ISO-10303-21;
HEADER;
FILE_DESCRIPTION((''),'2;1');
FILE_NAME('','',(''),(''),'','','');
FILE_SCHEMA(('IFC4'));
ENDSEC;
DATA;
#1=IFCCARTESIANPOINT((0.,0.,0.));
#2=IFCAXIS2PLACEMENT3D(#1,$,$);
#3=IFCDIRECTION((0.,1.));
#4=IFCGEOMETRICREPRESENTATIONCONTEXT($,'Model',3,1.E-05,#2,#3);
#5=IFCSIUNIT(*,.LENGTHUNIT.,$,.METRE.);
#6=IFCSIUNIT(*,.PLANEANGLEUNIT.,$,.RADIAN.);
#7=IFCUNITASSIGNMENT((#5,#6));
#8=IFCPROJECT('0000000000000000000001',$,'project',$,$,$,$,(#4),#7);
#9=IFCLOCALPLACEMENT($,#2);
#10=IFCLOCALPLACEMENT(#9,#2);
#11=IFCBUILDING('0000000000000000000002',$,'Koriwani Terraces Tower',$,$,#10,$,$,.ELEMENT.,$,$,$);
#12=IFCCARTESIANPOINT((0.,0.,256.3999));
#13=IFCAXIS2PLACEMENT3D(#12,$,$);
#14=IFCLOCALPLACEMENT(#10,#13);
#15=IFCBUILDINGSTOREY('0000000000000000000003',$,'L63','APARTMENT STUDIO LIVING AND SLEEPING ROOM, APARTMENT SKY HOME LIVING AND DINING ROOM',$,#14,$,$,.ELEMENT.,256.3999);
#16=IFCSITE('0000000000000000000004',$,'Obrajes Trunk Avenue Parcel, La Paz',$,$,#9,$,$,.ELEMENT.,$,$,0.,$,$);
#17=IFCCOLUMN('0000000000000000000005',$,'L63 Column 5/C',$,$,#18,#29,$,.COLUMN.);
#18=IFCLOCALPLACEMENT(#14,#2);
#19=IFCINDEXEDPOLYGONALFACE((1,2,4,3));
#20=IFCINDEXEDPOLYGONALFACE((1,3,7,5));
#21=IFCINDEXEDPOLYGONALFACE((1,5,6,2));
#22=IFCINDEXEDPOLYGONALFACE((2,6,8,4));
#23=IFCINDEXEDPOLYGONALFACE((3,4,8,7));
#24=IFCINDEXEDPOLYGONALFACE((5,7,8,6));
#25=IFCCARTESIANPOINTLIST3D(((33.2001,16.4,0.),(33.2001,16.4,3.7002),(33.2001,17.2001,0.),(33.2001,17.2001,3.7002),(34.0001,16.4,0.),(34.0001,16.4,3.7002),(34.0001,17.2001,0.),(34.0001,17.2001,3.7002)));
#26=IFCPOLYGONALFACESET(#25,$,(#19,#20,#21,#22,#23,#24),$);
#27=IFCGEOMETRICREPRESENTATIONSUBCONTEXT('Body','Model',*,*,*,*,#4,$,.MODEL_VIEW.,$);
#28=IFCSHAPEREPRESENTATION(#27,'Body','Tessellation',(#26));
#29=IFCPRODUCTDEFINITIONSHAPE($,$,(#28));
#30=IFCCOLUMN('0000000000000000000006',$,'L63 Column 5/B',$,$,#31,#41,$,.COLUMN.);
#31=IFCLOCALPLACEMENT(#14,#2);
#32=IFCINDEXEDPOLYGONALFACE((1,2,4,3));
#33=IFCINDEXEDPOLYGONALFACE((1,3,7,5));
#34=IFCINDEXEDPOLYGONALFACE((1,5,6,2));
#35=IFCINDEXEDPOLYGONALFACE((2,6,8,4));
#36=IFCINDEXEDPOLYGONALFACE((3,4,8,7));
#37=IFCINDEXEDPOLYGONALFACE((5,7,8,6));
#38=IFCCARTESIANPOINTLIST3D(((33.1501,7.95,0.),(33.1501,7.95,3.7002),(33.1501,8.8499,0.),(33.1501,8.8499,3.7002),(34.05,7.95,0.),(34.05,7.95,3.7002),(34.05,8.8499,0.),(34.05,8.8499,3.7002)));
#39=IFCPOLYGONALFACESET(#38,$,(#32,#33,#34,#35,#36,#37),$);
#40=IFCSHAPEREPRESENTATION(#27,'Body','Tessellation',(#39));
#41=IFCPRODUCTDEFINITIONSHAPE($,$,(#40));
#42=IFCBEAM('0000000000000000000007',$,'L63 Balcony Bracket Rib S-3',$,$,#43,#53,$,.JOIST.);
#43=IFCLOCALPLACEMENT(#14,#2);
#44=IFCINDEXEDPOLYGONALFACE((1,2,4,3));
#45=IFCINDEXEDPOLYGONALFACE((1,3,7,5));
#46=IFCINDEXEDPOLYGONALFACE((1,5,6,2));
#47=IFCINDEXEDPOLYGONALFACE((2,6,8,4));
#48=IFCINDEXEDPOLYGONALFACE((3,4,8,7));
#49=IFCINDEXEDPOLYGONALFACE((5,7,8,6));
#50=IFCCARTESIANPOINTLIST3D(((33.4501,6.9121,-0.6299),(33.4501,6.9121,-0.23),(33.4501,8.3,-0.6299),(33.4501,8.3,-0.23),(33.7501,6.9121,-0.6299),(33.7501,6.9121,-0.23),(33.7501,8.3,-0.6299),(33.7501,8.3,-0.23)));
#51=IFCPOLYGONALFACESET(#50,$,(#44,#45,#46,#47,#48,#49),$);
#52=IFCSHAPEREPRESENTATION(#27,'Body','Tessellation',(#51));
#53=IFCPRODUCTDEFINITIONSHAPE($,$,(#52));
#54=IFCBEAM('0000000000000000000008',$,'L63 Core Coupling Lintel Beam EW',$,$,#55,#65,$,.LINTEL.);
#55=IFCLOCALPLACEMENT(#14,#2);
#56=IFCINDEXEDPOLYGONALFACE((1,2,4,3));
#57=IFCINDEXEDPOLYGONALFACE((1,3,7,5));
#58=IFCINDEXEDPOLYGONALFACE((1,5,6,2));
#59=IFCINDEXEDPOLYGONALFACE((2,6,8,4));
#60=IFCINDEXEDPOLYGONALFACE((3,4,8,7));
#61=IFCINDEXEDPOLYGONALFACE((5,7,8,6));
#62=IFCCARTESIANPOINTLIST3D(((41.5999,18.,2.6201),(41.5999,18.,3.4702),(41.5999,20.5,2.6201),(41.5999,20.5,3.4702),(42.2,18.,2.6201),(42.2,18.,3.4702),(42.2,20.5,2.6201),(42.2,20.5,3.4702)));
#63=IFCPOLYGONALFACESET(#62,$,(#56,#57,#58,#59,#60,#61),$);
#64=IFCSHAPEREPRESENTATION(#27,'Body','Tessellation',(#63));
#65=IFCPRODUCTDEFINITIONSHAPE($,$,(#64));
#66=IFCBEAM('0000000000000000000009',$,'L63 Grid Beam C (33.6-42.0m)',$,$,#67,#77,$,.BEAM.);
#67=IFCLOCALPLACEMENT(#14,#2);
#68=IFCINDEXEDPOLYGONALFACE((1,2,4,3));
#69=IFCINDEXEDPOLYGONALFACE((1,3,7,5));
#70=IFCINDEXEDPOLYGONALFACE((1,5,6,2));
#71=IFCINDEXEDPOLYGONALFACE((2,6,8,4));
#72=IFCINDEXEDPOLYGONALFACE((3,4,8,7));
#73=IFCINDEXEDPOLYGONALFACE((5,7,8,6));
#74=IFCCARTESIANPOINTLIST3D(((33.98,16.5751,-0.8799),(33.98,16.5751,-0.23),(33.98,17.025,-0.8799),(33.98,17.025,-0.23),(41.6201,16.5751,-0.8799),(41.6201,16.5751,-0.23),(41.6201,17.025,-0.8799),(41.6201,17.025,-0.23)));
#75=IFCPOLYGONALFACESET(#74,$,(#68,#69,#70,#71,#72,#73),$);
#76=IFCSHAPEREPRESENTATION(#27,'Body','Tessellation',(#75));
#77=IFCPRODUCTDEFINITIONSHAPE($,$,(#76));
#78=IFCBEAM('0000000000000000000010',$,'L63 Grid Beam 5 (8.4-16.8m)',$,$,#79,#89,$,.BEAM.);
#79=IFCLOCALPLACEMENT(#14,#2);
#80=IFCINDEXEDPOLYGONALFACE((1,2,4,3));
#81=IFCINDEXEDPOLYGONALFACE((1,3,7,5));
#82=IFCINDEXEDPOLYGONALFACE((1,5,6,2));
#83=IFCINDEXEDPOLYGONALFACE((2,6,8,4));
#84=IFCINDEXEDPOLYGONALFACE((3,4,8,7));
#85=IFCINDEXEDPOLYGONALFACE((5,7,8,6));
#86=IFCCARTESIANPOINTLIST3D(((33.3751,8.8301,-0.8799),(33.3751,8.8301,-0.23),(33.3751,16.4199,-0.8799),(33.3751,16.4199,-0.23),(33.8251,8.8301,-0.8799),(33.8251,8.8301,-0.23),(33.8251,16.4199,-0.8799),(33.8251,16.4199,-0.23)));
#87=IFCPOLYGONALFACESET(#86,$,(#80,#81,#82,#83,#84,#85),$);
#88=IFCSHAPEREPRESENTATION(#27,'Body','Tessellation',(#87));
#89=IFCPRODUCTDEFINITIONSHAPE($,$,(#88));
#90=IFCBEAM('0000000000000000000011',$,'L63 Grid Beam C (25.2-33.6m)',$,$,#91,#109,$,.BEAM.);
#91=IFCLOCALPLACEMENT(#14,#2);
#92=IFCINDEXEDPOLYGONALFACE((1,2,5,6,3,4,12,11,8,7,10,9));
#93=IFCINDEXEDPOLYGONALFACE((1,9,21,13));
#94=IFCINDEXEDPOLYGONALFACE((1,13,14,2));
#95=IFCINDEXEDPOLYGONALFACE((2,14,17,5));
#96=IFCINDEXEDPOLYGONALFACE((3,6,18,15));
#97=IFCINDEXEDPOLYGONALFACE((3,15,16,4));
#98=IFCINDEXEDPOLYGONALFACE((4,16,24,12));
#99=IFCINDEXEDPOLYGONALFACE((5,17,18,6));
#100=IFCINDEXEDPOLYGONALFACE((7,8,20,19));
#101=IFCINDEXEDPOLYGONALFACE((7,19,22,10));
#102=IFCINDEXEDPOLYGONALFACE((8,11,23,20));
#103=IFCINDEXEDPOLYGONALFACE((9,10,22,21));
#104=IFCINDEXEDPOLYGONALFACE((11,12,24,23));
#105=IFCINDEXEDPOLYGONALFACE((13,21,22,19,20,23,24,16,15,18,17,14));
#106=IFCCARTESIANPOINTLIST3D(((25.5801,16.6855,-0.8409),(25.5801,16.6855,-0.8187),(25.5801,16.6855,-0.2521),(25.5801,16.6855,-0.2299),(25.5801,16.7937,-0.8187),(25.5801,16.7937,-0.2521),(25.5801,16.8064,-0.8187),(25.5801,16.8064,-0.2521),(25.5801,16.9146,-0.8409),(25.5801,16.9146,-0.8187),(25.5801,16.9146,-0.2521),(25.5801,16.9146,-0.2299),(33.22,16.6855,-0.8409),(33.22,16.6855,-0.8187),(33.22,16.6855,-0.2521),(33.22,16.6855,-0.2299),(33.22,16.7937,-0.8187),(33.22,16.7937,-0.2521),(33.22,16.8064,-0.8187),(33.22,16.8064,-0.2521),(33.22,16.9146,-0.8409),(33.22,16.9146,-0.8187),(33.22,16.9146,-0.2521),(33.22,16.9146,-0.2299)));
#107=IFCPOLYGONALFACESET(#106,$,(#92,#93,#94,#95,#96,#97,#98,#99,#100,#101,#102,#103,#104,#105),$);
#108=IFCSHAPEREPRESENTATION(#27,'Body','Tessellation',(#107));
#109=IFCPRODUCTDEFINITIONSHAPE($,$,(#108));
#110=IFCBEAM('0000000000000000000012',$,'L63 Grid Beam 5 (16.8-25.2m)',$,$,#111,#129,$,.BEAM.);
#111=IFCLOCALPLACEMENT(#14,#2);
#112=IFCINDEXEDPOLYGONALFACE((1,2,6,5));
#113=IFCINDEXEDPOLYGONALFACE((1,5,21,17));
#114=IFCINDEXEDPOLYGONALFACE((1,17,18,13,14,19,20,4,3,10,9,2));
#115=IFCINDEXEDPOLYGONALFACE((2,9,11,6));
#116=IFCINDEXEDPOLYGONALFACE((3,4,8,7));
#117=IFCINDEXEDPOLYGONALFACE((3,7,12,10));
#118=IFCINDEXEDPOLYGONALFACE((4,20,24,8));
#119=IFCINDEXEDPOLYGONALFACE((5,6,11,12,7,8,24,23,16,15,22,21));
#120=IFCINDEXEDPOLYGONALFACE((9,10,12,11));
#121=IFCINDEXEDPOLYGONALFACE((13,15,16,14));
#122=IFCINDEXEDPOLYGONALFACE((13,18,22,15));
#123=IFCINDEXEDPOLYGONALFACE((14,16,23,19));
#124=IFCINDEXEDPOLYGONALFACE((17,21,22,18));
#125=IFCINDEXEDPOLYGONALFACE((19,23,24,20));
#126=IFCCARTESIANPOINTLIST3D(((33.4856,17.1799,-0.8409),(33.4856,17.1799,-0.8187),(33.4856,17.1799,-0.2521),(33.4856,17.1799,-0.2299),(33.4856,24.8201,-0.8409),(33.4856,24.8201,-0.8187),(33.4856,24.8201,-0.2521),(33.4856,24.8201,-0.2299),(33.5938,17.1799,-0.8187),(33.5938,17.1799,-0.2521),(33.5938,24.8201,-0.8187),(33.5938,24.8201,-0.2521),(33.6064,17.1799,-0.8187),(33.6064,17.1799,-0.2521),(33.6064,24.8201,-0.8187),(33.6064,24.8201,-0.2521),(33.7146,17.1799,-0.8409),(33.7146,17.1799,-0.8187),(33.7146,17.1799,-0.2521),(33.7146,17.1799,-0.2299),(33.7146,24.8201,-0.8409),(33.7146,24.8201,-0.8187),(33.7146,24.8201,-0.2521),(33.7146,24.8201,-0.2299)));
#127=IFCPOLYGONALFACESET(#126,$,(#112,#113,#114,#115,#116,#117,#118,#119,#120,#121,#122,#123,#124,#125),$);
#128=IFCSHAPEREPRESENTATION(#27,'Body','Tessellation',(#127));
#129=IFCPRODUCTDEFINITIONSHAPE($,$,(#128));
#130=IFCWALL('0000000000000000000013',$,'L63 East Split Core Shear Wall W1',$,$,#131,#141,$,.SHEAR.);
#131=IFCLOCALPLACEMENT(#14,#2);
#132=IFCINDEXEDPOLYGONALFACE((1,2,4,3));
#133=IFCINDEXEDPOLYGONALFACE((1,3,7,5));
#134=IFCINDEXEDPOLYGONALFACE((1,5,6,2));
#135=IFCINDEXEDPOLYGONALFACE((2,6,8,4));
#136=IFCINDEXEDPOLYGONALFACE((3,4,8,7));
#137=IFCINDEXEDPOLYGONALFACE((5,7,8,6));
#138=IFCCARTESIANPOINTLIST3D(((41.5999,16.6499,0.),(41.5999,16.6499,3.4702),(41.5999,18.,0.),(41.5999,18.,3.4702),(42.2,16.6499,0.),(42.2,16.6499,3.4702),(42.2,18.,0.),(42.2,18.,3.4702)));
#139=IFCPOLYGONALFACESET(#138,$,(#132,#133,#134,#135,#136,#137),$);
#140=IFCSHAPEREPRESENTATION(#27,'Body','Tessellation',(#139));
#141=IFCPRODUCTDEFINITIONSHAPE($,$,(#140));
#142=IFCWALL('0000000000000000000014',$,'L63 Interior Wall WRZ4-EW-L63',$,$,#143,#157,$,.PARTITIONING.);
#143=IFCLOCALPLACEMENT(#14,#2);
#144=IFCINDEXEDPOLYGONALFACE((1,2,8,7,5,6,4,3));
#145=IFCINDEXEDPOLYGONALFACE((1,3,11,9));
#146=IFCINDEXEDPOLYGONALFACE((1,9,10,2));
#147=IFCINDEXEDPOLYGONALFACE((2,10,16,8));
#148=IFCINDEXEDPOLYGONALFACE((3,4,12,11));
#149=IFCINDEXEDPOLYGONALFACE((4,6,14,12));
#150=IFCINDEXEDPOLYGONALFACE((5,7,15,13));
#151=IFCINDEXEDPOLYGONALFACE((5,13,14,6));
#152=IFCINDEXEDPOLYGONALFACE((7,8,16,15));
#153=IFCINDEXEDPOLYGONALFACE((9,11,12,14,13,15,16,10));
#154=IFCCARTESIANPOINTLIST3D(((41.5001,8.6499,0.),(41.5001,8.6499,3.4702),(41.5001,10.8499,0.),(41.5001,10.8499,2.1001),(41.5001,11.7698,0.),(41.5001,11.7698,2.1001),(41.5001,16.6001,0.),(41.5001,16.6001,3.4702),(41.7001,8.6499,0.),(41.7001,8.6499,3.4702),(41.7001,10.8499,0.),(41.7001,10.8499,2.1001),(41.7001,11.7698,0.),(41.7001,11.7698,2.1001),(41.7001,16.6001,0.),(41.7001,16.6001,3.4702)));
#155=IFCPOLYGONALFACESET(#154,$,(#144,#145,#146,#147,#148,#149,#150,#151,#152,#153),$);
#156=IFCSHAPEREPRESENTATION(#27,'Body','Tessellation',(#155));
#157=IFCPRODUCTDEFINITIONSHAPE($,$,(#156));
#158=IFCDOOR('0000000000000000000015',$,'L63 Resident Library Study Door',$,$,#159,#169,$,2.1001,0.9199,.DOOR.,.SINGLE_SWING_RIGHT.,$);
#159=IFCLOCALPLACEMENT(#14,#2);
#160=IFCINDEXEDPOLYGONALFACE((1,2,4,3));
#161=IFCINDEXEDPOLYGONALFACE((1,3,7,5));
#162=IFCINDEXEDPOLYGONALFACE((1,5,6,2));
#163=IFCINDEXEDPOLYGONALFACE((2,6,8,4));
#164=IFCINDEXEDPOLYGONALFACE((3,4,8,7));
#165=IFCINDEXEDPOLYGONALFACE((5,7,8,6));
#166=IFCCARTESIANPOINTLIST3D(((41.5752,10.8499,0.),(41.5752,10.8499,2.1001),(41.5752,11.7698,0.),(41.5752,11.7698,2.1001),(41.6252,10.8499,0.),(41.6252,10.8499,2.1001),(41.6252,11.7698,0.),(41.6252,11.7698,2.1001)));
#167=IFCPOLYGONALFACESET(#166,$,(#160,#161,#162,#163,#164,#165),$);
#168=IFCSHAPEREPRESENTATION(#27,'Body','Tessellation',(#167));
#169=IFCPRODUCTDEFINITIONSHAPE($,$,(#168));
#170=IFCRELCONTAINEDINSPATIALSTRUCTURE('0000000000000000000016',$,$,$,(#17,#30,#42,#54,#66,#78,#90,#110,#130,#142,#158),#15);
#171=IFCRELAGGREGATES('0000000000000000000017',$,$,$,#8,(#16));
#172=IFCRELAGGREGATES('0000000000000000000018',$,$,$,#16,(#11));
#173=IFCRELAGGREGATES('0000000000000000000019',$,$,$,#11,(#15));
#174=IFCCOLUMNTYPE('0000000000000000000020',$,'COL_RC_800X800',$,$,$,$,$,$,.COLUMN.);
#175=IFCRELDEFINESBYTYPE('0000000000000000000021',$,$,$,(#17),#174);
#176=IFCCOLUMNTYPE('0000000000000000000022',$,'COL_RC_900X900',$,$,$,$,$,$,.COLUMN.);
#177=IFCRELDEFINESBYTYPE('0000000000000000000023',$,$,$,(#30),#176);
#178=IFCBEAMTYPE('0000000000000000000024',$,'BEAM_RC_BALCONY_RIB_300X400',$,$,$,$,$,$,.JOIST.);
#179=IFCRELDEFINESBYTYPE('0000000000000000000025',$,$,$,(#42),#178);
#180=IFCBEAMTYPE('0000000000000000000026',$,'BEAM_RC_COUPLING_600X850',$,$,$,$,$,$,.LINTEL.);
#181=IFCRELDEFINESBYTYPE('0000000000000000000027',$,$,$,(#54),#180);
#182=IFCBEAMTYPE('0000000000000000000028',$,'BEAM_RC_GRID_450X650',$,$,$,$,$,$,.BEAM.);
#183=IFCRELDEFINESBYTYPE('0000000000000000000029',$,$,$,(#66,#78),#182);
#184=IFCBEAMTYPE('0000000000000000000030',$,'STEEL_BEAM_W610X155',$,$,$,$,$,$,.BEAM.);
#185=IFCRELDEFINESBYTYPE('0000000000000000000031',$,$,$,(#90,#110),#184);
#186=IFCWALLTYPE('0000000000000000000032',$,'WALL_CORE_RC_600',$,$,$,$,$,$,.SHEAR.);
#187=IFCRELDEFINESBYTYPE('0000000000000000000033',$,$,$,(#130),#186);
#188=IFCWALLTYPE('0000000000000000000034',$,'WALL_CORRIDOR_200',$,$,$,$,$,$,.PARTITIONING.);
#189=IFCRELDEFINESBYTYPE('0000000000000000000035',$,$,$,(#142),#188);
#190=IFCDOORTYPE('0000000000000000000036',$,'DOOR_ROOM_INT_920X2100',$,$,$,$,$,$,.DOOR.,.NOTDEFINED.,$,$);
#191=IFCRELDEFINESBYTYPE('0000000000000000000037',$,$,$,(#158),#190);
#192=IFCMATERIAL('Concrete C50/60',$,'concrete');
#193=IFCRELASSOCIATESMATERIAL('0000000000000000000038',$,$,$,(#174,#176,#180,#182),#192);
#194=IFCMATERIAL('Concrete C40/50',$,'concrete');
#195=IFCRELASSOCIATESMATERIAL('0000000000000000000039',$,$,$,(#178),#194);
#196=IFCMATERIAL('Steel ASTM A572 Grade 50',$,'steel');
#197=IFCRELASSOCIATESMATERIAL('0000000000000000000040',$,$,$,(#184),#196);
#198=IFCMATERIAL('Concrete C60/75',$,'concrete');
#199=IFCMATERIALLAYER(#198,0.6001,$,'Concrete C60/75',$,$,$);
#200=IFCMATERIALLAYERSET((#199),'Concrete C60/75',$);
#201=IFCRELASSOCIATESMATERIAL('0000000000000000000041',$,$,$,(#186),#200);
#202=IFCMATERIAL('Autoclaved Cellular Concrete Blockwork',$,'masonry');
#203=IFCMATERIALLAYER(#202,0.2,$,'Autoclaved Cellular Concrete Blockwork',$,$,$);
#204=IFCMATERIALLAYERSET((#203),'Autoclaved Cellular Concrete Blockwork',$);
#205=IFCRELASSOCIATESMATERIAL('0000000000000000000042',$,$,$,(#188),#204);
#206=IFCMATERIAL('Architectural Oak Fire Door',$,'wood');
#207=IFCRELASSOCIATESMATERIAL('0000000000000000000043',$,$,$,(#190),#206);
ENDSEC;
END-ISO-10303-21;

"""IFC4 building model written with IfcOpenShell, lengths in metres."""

from ifc_helpers import new_model, si_unit, direction, frame, frame_2d, origin, origin_2d, place, context, subcontext, project, spatial, rectangle, i_section, extrude, material, layer, layer_set, material_profile, profile_set, type_object, element, fill, save


model = new_model("IFC4")

# Units and contexts
model_context = context("Model", 3, precision=1e-05, world=origin(), true_north=direction((0.0, 1.0)))
body_context = subcontext(model_context, "Body", "Model", "MODEL_VIEW")
ifc_project = project(units=[si_unit("LENGTHUNIT", "METRE"), si_unit("PLANEANGLEUNIT", "RADIAN")], contexts=[model_context])

# Site, building, storey
site_placement = place(None, origin())
site = spatial("IfcSite", under=ifc_project, at=site_placement, Name="Obrajes Trunk Avenue Parcel, La Paz", CompositionType="ELEMENT", RefElevation=0.0)
building_placement = place(site_placement, origin())
building = spatial("IfcBuilding", under=site, at=building_placement, Name="Koriwani Terraces Tower", CompositionType="ELEMENT")
storey_placement = place(building_placement, frame((0.0, 0.0, 256.3999)))
storey = spatial("IfcBuildingStorey", under=building, at=storey_placement, Name="L63", Description="APARTMENT STUDIO LIVING AND SLEEPING ROOM, APARTMENT SKY HOME LIVING AND DINING ROOM", CompositionType="ELEMENT", Elevation=256.3999)

# Columns
ifc_material_1 = material(Name="Concrete C50/60", Category="concrete")
ifc_material_profile_1 = material_profile(ifc_material_1, rectangle(XDim=0.8, YDim=0.8, at=origin_2d()), Name="Concrete C50/60", Category="LoadBearing")
ifc_profile_set_1 = profile_set([ifc_material_profile_1], Name="Concrete C50/60")
column_type_1 = type_object("IfcColumnType", Name="COL_RC_800X800", PredefinedType="COLUMN", material=ifc_profile_set_1)
column_1_placement = place(storey_placement, frame((33.6001, 16.8, 0.0), z_axis=(0.0, 0.0, 1.0), x_axis=(1.0, 0.0, 0.0)))
element("IfcColumn", 1, at=column_1_placement, inside=storey, type_object=column_type_1, Name="L63 Column 5/C", PredefinedType="COLUMN", context=body_context, shape_type="SweptSolid", body=[
    extrude(rectangle(XDim=0.8, YDim=0.8, at=origin_2d()), origin(), (0.0, 0.0, 1.0), 3.7002),
])
ifc_material_profile_2 = material_profile(ifc_material_1, rectangle(XDim=0.8999, YDim=0.8999, at=origin_2d()), Name="Concrete C50/60", Category="LoadBearing")
ifc_profile_set_2 = profile_set([ifc_material_profile_2], Name="Concrete C50/60")
column_type_2 = type_object("IfcColumnType", Name="COL_RC_900X900", PredefinedType="COLUMN", material=ifc_profile_set_2)
column_2_placement = place(storey_placement, frame((33.6001, 8.3999, 0.0), z_axis=(0.0, 0.0, 1.0), x_axis=(1.0, 0.0, 0.0)))
element("IfcColumn", 2, at=column_2_placement, inside=storey, type_object=column_type_2, Name="L63 Column 5/B", PredefinedType="COLUMN", context=body_context, shape_type="SweptSolid", body=[
    extrude(rectangle(XDim=0.8999, YDim=0.8999, at=origin_2d()), origin(), (0.0, 0.0, 1.0), 3.7002),
])

# Beams
ifc_material_2 = material(Name="Concrete C40/50", Category="concrete")
ifc_material_profile_3 = material_profile(ifc_material_2, rectangle(XDim=0.3, YDim=0.3999, at=origin_2d()), Name="Concrete C40/50", Category="LoadBearing")
ifc_profile_set_3 = profile_set([ifc_material_profile_3], Name="Concrete C40/50")
beam_type_1 = type_object("IfcBeamType", Name="BEAM_RC_BALCONY_RIB_300X400", PredefinedType="JOIST", material=ifc_profile_set_3)
beam_1_placement = place(storey_placement, frame((33.6001, 6.9121, -0.4299), z_axis=(0.0, 1.0, 0.0), x_axis=(-1.0, 0.0, 0.0)))
element("IfcBeam", 3, at=beam_1_placement, inside=storey, type_object=beam_type_1, Name="L63 Balcony Bracket Rib S-3", PredefinedType="JOIST", context=body_context, shape_type="SweptSolid", body=[
    extrude(rectangle(XDim=0.3, YDim=0.3999, at=origin_2d()), origin(), (0.0, 0.0, 1.0), 1.3879),
])
ifc_material_profile_4 = material_profile(ifc_material_1, rectangle(XDim=0.6001, YDim=0.8501, at=origin_2d()), Name="Concrete C50/60", Category="LoadBearing")
ifc_profile_set_4 = profile_set([ifc_material_profile_4], Name="Concrete C50/60")
beam_type_2 = type_object("IfcBeamType", Name="BEAM_RC_COUPLING_600X850", PredefinedType="LINTEL", material=ifc_profile_set_4)
beam_2_placement = place(storey_placement, frame((41.8999, 18.0, 3.0452), z_axis=(0.0, 1.0, 0.0), x_axis=(-1.0, 0.0, 0.0)))
element("IfcBeam", 4, at=beam_2_placement, inside=storey, type_object=beam_type_2, Name="L63 Core Coupling Lintel Beam EW", PredefinedType="LINTEL", context=body_context, shape_type="SweptSolid", body=[
    extrude(rectangle(XDim=0.6001, YDim=0.8501, at=origin_2d()), origin(), (0.0, 0.0, 1.0), 2.5),
])
ifc_material_profile_5 = material_profile(ifc_material_1, rectangle(XDim=0.45, YDim=0.6499, at=origin_2d()), Name="Concrete C50/60", Category="LoadBearing")
ifc_profile_set_5 = profile_set([ifc_material_profile_5], Name="Concrete C50/60")
beam_type_3 = type_object("IfcBeamType", Name="BEAM_RC_GRID_450X650", PredefinedType="BEAM", material=ifc_profile_set_5)
beam_3_placement = place(storey_placement, frame((33.98, 16.8, -0.5549), z_axis=(1.0, 0.0, 0.0), x_axis=(0.0, 1.0, 0.0)))
element("IfcBeam", 5, at=beam_3_placement, inside=storey, type_object=beam_type_3, Name="L63 Grid Beam C (33.6-42.0m)", PredefinedType="BEAM", context=body_context, shape_type="SweptSolid", body=[
    extrude(rectangle(XDim=0.45, YDim=0.6499, at=origin_2d()), origin(), (0.0, 0.0, 1.0), 7.6401),
])
beam_4_placement = place(storey_placement, frame((33.6001, 8.8301, -0.5549), z_axis=(0.0, 1.0, 0.0), x_axis=(-1.0, 0.0, 0.0)))
element("IfcBeam", 6, at=beam_4_placement, inside=storey, type_object=beam_type_3, Name="L63 Grid Beam 5 (8.4-16.8m)", PredefinedType="BEAM", context=body_context, shape_type="SweptSolid", body=[
    extrude(rectangle(XDim=0.45, YDim=0.6499, at=origin_2d()), origin(), (0.0, 0.0, 1.0), 7.5898),
])
ifc_material_3 = material(Name="Steel ASTM A572 Grade 50", Category="steel")
ifc_material_profile_6 = material_profile(ifc_material_3, i_section(OverallWidth=0.229, OverallDepth=0.6111, WebThickness=0.0127, FlangeThickness=0.0222, at=origin_2d()), Name="Steel ASTM A572 Grade 50", Category="LoadBearing")
ifc_profile_set_6 = profile_set([ifc_material_profile_6], Name="Steel ASTM A572 Grade 50")
beam_type_4 = type_object("IfcBeamType", Name="STEEL_BEAM_W610X155", PredefinedType="BEAM", material=ifc_profile_set_6)
beam_5_placement = place(storey_placement, frame((25.5801, 16.8, -0.5354), z_axis=(1.0, 0.0, 0.0), x_axis=(0.0, 1.0, 0.0)))
element("IfcBeam", 7, at=beam_5_placement, inside=storey, type_object=beam_type_4, Name="L63 Grid Beam C (25.2-33.6m)", PredefinedType="BEAM", context=body_context, shape_type="SweptSolid", body=[
    extrude(i_section(OverallWidth=0.229, OverallDepth=0.6111, WebThickness=0.0127, FlangeThickness=0.0222, at=origin_2d()), origin(), (0.0, 0.0, 1.0), 7.6399),
])
beam_6_placement = place(storey_placement, frame((33.6001, 17.1799, -0.5354), z_axis=(0.0, 1.0, 0.0), x_axis=(-1.0, 0.0, 0.0)))
element("IfcBeam", 8, at=beam_6_placement, inside=storey, type_object=beam_type_4, Name="L63 Grid Beam 5 (16.8-25.2m)", PredefinedType="BEAM", context=body_context, shape_type="SweptSolid", body=[
    extrude(i_section(OverallWidth=0.229, OverallDepth=0.6111, WebThickness=0.0127, FlangeThickness=0.0222, at=origin_2d()), origin(), (0.0, 0.0, 1.0), 7.6401),
])

# Wall
ifc_material_4 = material(Name="Concrete C60/75", Category="concrete")
ifc_layer_1 = layer(ifc_material_4, 0.6001, Name="Concrete C60/75")
ifc_layer_set_1 = layer_set([ifc_layer_1], Name="Concrete C60/75")
wall_type_1 = type_object("IfcWallType", Name="WALL_CORE_RC_600", PredefinedType="SHEAR", material=ifc_layer_set_1)
wall_1_placement = place(storey_placement, frame((41.8999, 16.6499, 0.0), z_axis=(0.0, 0.0, 1.0), x_axis=(0.0, 1.0, 0.0)))
element("IfcWall", 9, at=wall_1_placement, inside=storey, type_object=wall_type_1, Name="L63 East Split Core Shear Wall W1", PredefinedType="SHEAR", context=body_context, shape_type="SweptSolid", body=[
    extrude(rectangle(XDim=1.3501, YDim=0.6001, at=frame_2d((0.675, 0.0))), origin(), (0.0, 0.0, 1.0), 3.4702),
])

# Wall, opening, door
ifc_material_5 = material(Name="Autoclaved Cellular Concrete Blockwork", Category="masonry")
ifc_layer_2 = layer(ifc_material_5, 0.2, Name="Autoclaved Cellular Concrete Blockwork")
ifc_layer_set_2 = layer_set([ifc_layer_2], Name="Autoclaved Cellular Concrete Blockwork")
wall_type_2 = type_object("IfcWallType", Name="WALL_CORRIDOR_200", PredefinedType="PARTITIONING", material=ifc_layer_set_2)
wall_2_placement = place(storey_placement, frame((41.6001, 8.6499, 0.0), z_axis=(0.0, 0.0, 1.0), x_axis=(0.0, 1.0, 0.0)))
wall_2 = element("IfcWall", 10, at=wall_2_placement, inside=storey, type_object=wall_type_2, Name="L63 Interior Wall WRZ4-EW-L63", PredefinedType="PARTITIONING", context=body_context, shape_type="SweptSolid", body=[
    extrude(rectangle(XDim=7.9502, YDim=0.2, at=frame_2d((3.9751, 0.0))), origin(), (0.0, 0.0, 1.0), 3.4702),
])
opening_1_placement = place(wall_2_placement, frame((2.2, 0.0, 0.0)))
opening_1 = element("IfcOpeningElement", 11, at=opening_1_placement, cuts=wall_2, PredefinedType="OPENING", context=body_context, shape_type="SweptSolid", body=[
    extrude(rectangle(XDim=0.9199, YDim=2.1001, at=frame_2d((0.46, 1.05))), frame((0.0, 0.1099, 0.0), z_axis=(0.0, -1.0, 0.0), x_axis=(1.0, 0.0, 0.0)), (0.0, 0.0, 1.0), 0.22),
])
ifc_material_6 = material(Name="Architectural Oak Fire Door", Category="wood")
door_type_1 = type_object("IfcDoorType", Name="DOOR_ROOM_INT_920X2100", OperationType="NOTDEFINED", PredefinedType="DOOR", material=ifc_material_6)
door_1_placement = place(opening_1_placement, origin())
door_1 = element("IfcDoor", 12, at=door_1_placement, inside=storey, type_object=door_type_1, Name="L63 Resident Library Study Door", OperationType="SINGLE_SWING_RIGHT", OverallHeight=2.1001, OverallWidth=0.9199, PredefinedType="DOOR", context=body_context, shape_type="SweptSolid", body=[
    extrude(rectangle(XDim=0.9199, YDim=2.1001, at=frame_2d((0.46, 1.05))), frame((0.0, 0.0249, 0.0), z_axis=(0.0, -1.0, 0.0), x_axis=(1.0, 0.0, 0.0)), (0.0, 0.0, 1.0), 0.05),
])
fill(opening_1, door_1)

save(model, "model.ifc")
